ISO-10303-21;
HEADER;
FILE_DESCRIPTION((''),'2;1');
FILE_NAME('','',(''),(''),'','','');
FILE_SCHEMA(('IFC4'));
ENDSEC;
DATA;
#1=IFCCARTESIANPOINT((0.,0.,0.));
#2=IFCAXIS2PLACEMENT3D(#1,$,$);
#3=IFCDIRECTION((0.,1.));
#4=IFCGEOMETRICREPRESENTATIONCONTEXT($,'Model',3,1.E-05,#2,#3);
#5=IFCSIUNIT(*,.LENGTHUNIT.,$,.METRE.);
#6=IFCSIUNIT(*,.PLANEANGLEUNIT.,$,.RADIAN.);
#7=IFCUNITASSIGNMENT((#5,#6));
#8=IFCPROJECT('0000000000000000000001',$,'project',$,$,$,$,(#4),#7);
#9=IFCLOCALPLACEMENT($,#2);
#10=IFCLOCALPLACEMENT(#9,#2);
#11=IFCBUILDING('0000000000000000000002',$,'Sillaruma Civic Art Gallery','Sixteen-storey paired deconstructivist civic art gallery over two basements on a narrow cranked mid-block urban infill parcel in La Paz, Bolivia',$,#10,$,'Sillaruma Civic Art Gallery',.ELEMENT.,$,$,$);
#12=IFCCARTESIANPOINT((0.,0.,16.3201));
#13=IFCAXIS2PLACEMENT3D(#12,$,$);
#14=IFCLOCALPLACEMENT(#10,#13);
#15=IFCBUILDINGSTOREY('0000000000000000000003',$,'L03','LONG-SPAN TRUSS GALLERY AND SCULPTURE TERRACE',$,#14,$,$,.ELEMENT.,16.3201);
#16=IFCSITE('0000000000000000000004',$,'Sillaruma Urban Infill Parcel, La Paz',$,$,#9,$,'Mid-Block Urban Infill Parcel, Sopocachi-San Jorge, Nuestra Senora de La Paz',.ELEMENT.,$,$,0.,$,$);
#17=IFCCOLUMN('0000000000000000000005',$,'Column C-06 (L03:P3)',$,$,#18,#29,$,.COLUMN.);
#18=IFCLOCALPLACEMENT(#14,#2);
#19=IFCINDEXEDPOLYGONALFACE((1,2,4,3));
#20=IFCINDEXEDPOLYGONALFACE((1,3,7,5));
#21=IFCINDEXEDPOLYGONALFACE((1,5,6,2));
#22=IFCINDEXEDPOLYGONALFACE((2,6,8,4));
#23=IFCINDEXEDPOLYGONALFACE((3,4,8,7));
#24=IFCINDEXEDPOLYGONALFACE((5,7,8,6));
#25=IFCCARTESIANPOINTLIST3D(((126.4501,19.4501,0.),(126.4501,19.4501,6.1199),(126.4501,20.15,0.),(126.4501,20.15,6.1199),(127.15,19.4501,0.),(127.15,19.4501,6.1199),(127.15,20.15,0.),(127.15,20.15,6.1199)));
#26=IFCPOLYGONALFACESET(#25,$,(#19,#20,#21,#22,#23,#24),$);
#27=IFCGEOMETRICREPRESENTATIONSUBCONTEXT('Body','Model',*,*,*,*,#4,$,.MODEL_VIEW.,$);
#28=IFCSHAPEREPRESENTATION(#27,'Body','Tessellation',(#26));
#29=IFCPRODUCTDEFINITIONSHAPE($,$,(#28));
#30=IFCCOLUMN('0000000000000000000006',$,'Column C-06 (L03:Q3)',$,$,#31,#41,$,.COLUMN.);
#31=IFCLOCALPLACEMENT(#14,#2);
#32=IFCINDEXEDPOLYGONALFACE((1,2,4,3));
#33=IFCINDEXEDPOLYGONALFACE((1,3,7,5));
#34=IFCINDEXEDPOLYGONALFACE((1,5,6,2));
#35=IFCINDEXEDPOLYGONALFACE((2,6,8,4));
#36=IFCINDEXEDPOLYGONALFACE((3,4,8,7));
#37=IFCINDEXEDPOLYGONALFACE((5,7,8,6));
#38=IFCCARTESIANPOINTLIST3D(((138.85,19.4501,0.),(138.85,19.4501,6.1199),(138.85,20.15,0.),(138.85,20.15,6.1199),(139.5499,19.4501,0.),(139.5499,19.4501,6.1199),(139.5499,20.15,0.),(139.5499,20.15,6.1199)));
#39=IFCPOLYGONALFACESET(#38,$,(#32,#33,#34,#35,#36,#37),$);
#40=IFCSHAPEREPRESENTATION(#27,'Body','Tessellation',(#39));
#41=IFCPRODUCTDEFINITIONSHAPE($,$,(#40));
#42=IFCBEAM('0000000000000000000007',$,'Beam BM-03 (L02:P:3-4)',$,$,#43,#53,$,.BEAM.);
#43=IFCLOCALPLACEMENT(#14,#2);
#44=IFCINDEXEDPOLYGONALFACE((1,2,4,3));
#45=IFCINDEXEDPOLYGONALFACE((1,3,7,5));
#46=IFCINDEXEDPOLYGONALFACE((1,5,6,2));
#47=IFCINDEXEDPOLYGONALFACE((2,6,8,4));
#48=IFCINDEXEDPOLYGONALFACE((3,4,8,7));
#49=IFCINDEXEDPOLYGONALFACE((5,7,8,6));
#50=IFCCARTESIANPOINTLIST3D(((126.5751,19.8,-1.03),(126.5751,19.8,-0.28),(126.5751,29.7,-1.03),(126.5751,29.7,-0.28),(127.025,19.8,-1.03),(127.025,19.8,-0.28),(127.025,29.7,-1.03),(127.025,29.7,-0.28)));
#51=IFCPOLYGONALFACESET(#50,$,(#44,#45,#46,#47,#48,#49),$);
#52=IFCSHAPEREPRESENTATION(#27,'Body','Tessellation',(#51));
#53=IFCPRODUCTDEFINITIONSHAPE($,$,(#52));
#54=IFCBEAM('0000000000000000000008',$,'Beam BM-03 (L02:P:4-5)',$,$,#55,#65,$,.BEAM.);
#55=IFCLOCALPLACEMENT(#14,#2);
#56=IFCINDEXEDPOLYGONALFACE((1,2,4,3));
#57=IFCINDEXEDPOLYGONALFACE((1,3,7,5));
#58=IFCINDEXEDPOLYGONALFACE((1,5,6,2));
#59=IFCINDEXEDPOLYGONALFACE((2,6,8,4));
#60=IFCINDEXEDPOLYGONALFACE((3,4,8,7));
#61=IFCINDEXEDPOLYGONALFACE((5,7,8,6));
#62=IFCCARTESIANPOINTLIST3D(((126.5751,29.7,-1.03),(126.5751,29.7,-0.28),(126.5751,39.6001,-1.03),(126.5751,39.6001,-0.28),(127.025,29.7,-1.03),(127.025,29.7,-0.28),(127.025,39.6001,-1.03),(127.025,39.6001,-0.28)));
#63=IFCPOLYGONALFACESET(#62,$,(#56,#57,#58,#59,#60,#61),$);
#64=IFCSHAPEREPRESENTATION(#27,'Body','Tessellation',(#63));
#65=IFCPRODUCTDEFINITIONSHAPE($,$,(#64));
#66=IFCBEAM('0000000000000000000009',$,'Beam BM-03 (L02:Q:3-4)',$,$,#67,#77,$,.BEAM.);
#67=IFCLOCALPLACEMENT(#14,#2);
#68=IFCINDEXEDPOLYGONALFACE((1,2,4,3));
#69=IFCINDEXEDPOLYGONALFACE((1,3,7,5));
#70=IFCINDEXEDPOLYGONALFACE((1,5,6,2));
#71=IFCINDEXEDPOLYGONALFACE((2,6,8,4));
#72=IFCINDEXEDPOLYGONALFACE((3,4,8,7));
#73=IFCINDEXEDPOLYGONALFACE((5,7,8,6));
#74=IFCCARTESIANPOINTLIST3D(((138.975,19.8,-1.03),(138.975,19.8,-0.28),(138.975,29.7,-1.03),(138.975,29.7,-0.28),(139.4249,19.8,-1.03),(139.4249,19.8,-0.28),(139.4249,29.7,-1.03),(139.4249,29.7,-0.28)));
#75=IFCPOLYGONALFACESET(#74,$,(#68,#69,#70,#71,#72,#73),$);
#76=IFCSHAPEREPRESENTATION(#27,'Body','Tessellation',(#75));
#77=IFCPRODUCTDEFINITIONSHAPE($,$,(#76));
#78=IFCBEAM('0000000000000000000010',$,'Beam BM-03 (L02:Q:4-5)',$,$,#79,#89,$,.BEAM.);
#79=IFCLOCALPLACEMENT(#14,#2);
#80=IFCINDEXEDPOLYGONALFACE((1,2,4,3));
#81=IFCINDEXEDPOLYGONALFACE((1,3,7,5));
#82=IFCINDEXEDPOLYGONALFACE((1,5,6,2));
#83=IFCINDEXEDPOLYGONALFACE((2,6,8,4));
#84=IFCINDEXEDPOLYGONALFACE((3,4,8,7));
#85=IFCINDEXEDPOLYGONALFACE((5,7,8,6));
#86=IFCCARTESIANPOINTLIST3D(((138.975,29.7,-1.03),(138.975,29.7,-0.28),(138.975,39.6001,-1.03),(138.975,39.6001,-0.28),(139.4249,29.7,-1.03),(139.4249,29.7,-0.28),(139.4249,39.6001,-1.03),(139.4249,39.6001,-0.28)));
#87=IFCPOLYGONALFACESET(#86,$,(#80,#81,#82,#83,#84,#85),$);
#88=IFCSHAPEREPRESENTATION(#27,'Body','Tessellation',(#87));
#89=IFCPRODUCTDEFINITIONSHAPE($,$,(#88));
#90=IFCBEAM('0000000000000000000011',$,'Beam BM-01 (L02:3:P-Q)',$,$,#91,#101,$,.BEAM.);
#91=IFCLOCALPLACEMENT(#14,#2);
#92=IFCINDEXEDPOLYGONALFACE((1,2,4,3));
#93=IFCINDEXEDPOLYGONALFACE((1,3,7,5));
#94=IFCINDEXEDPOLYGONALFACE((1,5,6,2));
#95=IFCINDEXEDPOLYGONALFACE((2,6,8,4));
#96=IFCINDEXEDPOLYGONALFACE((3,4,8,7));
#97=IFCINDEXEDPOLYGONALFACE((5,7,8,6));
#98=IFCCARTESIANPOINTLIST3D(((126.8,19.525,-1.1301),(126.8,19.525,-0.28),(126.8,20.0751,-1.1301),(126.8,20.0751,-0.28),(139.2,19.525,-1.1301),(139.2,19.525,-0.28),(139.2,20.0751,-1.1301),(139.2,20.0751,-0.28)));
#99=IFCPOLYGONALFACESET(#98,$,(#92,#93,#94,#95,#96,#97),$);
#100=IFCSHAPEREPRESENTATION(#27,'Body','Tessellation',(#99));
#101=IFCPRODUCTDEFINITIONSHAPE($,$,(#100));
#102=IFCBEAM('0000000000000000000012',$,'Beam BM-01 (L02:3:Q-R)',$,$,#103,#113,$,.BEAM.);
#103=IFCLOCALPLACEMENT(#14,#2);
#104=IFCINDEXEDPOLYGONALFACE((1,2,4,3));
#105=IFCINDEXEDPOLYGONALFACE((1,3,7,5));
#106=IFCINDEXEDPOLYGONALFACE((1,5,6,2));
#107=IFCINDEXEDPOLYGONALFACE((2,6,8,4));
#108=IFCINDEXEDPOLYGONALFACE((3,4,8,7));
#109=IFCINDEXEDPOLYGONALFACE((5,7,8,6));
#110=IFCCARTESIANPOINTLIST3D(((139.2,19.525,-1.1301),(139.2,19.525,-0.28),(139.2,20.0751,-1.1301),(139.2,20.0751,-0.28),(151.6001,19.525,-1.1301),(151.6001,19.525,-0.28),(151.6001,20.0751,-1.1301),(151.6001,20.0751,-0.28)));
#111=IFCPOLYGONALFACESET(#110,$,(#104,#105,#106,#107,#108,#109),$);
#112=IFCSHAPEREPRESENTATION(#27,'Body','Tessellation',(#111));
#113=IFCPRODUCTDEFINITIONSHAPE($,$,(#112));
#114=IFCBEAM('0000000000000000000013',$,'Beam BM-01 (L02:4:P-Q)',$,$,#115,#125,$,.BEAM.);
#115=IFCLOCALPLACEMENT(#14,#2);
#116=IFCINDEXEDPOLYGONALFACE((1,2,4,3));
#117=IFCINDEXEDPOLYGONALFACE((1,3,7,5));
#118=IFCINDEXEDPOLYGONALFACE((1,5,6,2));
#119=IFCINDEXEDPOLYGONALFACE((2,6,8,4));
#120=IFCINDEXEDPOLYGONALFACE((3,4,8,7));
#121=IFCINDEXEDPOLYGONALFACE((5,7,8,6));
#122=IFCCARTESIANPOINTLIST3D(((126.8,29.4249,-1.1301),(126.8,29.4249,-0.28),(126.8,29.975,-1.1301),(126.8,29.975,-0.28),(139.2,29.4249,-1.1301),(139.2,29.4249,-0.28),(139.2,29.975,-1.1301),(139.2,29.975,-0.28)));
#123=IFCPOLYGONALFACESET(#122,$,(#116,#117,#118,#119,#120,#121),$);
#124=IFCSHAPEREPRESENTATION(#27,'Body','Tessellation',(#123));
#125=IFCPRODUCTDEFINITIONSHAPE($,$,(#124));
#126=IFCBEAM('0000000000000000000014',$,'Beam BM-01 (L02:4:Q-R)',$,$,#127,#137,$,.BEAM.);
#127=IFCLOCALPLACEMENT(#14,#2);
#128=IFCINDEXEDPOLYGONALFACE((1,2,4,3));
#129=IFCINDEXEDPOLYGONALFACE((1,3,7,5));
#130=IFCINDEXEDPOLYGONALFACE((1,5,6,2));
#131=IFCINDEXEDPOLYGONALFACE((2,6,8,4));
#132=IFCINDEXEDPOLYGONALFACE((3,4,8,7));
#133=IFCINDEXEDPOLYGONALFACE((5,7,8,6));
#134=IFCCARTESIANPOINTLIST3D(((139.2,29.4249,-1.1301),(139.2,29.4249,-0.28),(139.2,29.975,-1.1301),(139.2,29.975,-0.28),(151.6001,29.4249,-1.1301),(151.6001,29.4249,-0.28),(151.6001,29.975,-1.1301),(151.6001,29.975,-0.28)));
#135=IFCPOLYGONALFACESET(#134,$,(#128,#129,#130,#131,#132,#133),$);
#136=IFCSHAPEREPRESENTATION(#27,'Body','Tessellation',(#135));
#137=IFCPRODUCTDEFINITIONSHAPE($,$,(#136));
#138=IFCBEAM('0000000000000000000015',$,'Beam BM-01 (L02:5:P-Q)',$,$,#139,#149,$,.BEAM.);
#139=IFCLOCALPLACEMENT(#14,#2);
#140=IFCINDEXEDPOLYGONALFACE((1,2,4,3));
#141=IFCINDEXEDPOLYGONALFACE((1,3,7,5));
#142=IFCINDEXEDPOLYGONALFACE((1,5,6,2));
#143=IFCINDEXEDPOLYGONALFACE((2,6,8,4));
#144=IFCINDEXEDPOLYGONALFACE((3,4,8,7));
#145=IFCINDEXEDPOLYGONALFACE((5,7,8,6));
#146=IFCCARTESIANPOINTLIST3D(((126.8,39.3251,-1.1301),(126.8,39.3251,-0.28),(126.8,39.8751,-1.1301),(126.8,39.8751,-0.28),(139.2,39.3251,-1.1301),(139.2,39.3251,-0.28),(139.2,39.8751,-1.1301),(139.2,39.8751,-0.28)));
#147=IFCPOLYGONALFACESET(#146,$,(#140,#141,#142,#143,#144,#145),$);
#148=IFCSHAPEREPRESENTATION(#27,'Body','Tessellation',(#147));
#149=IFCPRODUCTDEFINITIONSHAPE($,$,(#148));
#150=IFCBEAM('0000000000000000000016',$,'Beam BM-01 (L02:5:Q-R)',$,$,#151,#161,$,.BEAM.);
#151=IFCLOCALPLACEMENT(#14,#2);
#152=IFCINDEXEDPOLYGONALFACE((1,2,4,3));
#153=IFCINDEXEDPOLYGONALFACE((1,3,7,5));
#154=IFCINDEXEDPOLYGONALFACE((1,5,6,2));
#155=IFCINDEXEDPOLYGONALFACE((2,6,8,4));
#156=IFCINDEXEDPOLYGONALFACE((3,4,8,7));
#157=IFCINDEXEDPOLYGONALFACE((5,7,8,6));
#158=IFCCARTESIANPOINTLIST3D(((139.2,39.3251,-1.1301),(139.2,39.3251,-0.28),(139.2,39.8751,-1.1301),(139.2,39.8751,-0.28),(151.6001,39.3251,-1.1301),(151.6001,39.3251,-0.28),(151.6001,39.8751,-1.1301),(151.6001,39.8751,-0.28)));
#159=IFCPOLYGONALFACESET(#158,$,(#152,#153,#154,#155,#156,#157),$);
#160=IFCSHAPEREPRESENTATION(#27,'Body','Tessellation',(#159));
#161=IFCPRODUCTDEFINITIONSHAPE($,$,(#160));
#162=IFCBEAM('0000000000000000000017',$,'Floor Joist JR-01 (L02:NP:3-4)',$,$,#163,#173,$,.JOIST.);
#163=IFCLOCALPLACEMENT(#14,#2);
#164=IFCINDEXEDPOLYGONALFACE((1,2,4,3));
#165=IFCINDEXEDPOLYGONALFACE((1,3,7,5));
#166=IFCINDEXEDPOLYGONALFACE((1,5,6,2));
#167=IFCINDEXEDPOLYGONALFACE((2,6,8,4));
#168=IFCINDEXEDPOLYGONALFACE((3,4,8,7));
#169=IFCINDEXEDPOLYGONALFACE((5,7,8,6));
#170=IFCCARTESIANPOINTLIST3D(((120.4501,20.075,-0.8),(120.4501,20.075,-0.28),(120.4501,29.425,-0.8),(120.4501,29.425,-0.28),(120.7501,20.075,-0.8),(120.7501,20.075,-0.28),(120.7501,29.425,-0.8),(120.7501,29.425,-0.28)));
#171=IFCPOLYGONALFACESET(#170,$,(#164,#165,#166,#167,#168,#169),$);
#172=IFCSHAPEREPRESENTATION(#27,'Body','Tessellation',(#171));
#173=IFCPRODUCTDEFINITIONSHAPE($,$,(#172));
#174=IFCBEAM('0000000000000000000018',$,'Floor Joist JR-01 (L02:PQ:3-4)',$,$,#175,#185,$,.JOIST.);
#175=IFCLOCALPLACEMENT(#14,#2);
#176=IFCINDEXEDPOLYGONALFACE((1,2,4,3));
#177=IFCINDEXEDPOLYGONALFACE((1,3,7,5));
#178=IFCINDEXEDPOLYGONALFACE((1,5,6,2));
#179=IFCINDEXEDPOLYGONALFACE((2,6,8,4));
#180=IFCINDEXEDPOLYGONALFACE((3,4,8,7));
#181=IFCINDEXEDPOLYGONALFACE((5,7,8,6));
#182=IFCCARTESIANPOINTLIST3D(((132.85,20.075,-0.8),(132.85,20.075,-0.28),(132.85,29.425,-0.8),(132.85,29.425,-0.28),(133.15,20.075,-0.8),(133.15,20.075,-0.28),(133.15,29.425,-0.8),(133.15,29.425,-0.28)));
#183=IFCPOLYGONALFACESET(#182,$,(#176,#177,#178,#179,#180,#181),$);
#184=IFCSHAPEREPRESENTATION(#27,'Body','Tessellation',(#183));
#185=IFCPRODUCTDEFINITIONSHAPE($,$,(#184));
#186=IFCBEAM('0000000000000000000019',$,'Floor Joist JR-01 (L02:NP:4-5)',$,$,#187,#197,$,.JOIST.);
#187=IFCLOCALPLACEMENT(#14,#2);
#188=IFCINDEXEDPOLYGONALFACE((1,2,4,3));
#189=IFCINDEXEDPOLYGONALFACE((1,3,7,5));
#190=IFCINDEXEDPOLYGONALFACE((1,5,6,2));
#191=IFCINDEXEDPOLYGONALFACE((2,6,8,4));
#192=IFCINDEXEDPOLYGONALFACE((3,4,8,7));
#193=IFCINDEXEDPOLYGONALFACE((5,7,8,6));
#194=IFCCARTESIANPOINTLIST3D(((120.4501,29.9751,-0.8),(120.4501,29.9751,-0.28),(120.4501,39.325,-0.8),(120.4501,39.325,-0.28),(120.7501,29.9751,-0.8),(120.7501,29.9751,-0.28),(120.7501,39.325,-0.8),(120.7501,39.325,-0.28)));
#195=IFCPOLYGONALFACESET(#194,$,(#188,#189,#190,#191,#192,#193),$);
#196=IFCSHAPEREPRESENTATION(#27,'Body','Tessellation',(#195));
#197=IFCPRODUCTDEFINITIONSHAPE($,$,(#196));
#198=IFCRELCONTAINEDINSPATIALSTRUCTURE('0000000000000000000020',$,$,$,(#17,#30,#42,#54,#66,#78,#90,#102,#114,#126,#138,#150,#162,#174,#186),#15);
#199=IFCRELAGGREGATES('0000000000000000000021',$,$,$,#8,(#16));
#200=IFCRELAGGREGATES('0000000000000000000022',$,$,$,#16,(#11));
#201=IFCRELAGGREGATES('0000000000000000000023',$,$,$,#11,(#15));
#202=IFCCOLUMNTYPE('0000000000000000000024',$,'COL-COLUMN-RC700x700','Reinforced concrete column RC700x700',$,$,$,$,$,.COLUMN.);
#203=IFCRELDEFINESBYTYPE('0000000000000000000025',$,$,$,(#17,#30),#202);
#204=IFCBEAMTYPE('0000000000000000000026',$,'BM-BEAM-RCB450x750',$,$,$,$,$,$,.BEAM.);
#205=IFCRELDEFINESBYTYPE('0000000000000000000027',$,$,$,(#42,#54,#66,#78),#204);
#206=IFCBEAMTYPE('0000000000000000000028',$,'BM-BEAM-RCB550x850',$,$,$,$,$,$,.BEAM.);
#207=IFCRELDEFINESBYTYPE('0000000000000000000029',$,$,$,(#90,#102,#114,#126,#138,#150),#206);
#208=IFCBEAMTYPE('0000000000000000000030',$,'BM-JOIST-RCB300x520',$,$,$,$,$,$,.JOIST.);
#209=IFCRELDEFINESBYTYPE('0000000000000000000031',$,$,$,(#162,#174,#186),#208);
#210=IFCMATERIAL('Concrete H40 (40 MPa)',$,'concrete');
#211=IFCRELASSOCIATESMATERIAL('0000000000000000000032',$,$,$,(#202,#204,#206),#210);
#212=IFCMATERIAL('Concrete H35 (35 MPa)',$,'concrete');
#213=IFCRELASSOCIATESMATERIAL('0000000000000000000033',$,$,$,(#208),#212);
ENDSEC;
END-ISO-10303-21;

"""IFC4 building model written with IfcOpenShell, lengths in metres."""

from ifc_helpers import new_model, si_unit, direction, frame, origin, origin_2d, place, context, subcontext, project, spatial, rectangle, extrude, material, material_profile, profile_set, type_object, element, save


model = new_model("IFC4")

# Units and contexts
model_context = context("Model", 3, precision=1e-05, world=origin(), true_north=direction((0.0, 1.0)))
body_context = subcontext(model_context, "Body", "Model", "MODEL_VIEW")
ifc_project = project(units=[si_unit("LENGTHUNIT", "METRE"), si_unit("PLANEANGLEUNIT", "RADIAN")], contexts=[model_context])

# Site, building, storey
site_placement = place(None, origin())
site = spatial("IfcSite", under=ifc_project, at=site_placement, Name="Sillaruma Urban Infill Parcel, La Paz", LongName="Mid-Block Urban Infill Parcel, Sopocachi-San Jorge, Nuestra Senora de La Paz", CompositionType="ELEMENT", RefElevation=0.0)
building_placement = place(site_placement, origin())
building = spatial("IfcBuilding", under=site, at=building_placement, Name="Sillaruma Civic Art Gallery", Description="Sixteen-storey paired deconstructivist civic art gallery over two basements on a narrow cranked mid-block urban infill parcel in La Paz, Bolivia", LongName="Sillaruma Civic Art Gallery", CompositionType="ELEMENT")
storey_placement = place(building_placement, frame((0.0, 0.0, 16.3201)))
storey = spatial("IfcBuildingStorey", under=building, at=storey_placement, Name="L03", Description="LONG-SPAN TRUSS GALLERY AND SCULPTURE TERRACE", CompositionType="ELEMENT", Elevation=16.3201)

# Columns
ifc_material_1 = material(Name="Concrete H40 (40 MPa)", Category="concrete")
ifc_material_profile_1 = material_profile(ifc_material_1, rectangle(XDim=0.7, YDim=0.7, at=origin_2d()), Name="RC700x700")
ifc_profile_set_1 = profile_set([ifc_material_profile_1], Name="Concrete H40 (40 MPa)")
column_type = type_object("IfcColumnType", Name="COL-COLUMN-RC700x700", Description="Reinforced concrete column RC700x700", PredefinedType="COLUMN", material=ifc_profile_set_1)
for number, where, z_axis, x_axis, name in (
    (1, (126.8, 19.8, 0.0), (0.0, 0.0, 1.0), (1.0, 0.0, 0.0), "Column C-06 (L03:P3)"),
    (2, (139.2, 19.8, 0.0), (0.0, 0.0, 1.0), (1.0, 0.0, 0.0), "Column C-06 (L03:Q3)"),
):
    element("IfcColumn", number, at=place(storey_placement, frame(where, z_axis=z_axis, x_axis=x_axis)), inside=storey, type_object=column_type, Name=name, PredefinedType="COLUMN", context=body_context, shape_type="SweptSolid", body=[
        extrude(rectangle(XDim=0.7, YDim=0.7, at=origin_2d()), origin(), (0.0, 0.0, 1.0), 6.1199),
    ])

# Beams
ifc_material_profile_2 = material_profile(ifc_material_1, rectangle(XDim=0.45, YDim=0.75, at=origin_2d()), Name="RCB450x750")
ifc_profile_set_2 = profile_set([ifc_material_profile_2], Name="Concrete H40 (40 MPa)")
beam_type_1 = type_object("IfcBeamType", Name="BM-BEAM-RCB450x750", PredefinedType="BEAM", material=ifc_profile_set_2)
beam_1_placement = place(storey_placement, frame((126.8, 19.8, -0.655), z_axis=(0.0, 1.0, 0.0), x_axis=(-1.0, 0.0, 0.0)))
element("IfcBeam", 3, at=beam_1_placement, inside=storey, type_object=beam_type_1, Name="Beam BM-03 (L02:P:3-4)", PredefinedType="BEAM", context=body_context, shape_type="SweptSolid", body=[
    extrude(rectangle(XDim=0.45, YDim=0.75, at=origin_2d()), origin(), (0.0, 0.0, 1.0), 9.8999),
])
beam_2_placement = place(storey_placement, frame((126.8, 29.7, -0.655), z_axis=(0.0, 1.0, 0.0), x_axis=(-1.0, 0.0, 0.0)))
element("IfcBeam", 4, at=beam_2_placement, inside=storey, type_object=beam_type_1, Name="Beam BM-03 (L02:P:4-5)", PredefinedType="BEAM", context=body_context, shape_type="SweptSolid", body=[
    extrude(rectangle(XDim=0.45, YDim=0.75, at=origin_2d()), origin(), (0.0, 0.0, 1.0), 9.9001),
])
beam_3_placement = place(storey_placement, frame((139.2, 19.8, -0.655), z_axis=(0.0, 1.0, 0.0), x_axis=(-1.0, 0.0, 0.0)))
element("IfcBeam", 5, at=beam_3_placement, inside=storey, type_object=beam_type_1, Name="Beam BM-03 (L02:Q:3-4)", PredefinedType="BEAM", context=body_context, shape_type="SweptSolid", body=[
    extrude(rectangle(XDim=0.45, YDim=0.75, at=origin_2d()), origin(), (0.0, 0.0, 1.0), 9.8999),
])
beam_4_placement = place(storey_placement, frame((139.2, 29.7, -0.655), z_axis=(0.0, 1.0, 0.0), x_axis=(-1.0, 0.0, 0.0)))
element("IfcBeam", 6, at=beam_4_placement, inside=storey, type_object=beam_type_1, Name="Beam BM-03 (L02:Q:4-5)", PredefinedType="BEAM", context=body_context, shape_type="SweptSolid", body=[
    extrude(rectangle(XDim=0.45, YDim=0.75, at=origin_2d()), origin(), (0.0, 0.0, 1.0), 9.9001),
])
ifc_material_profile_3 = material_profile(ifc_material_1, rectangle(XDim=0.55, YDim=0.8501, at=origin_2d()), Name="RCB550x850")
ifc_profile_set_3 = profile_set([ifc_material_profile_3], Name="Concrete H40 (40 MPa)")
beam_type_2 = type_object("IfcBeamType", Name="BM-BEAM-RCB550x850", PredefinedType="BEAM", material=ifc_profile_set_3)
beam_5_placement = place(storey_placement, frame((126.8, 19.8, -0.7051), z_axis=(1.0, 0.0, 0.0), x_axis=(0.0, 1.0, 0.0)))
element("IfcBeam", 7, at=beam_5_placement, inside=storey, type_object=beam_type_2, Name="Beam BM-01 (L02:3:P-Q)", PredefinedType="BEAM", context=body_context, shape_type="SweptSolid", body=[
    extrude(rectangle(XDim=0.55, YDim=0.8501, at=origin_2d()), origin(), (0.0, 0.0, 1.0), 12.3999),
])
beam_6_placement = place(storey_placement, frame((139.2, 19.8, -0.7051), z_axis=(1.0, 0.0, 0.0), x_axis=(0.0, 1.0, 0.0)))
element("IfcBeam", 8, at=beam_6_placement, inside=storey, type_object=beam_type_2, Name="Beam BM-01 (L02:3:Q-R)", PredefinedType="BEAM", context=body_context, shape_type="SweptSolid", body=[
    extrude(rectangle(XDim=0.55, YDim=0.8501, at=origin_2d()), origin(), (0.0, 0.0, 1.0), 12.4001),
])
beam_7_placement = place(storey_placement, frame((126.8, 29.7, -0.7051), z_axis=(1.0, 0.0, 0.0), x_axis=(0.0, 1.0, 0.0)))
element("IfcBeam", 9, at=beam_7_placement, inside=storey, type_object=beam_type_2, Name="Beam BM-01 (L02:4:P-Q)", PredefinedType="BEAM", context=body_context, shape_type="SweptSolid", body=[
    extrude(rectangle(XDim=0.55, YDim=0.8501, at=origin_2d()), origin(), (0.0, 0.0, 1.0), 12.3999),
])
beam_8_placement = place(storey_placement, frame((139.2, 29.7, -0.7051), z_axis=(1.0, 0.0, 0.0), x_axis=(0.0, 1.0, 0.0)))
element("IfcBeam", 10, at=beam_8_placement, inside=storey, type_object=beam_type_2, Name="Beam BM-01 (L02:4:Q-R)", PredefinedType="BEAM", context=body_context, shape_type="SweptSolid", body=[
    extrude(rectangle(XDim=0.55, YDim=0.8501, at=origin_2d()), origin(), (0.0, 0.0, 1.0), 12.4001),
])
beam_9_placement = place(storey_placement, frame((126.8, 39.6001, -0.7051), z_axis=(1.0, 0.0, 0.0), x_axis=(0.0, 1.0, 0.0)))
element("IfcBeam", 11, at=beam_9_placement, inside=storey, type_object=beam_type_2, Name="Beam BM-01 (L02:5:P-Q)", PredefinedType="BEAM", context=body_context, shape_type="SweptSolid", body=[
    extrude(rectangle(XDim=0.55, YDim=0.8501, at=origin_2d()), origin(), (0.0, 0.0, 1.0), 12.3999),
])
beam_10_placement = place(storey_placement, frame((139.2, 39.6001, -0.7051), z_axis=(1.0, 0.0, 0.0), x_axis=(0.0, 1.0, 0.0)))
element("IfcBeam", 12, at=beam_10_placement, inside=storey, type_object=beam_type_2, Name="Beam BM-01 (L02:5:Q-R)", PredefinedType="BEAM", context=body_context, shape_type="SweptSolid", body=[
    extrude(rectangle(XDim=0.55, YDim=0.8501, at=origin_2d()), origin(), (0.0, 0.0, 1.0), 12.4001),
])
ifc_material_2 = material(Name="Concrete H35 (35 MPa)", Category="concrete")
ifc_material_profile_4 = material_profile(ifc_material_2, rectangle(XDim=0.3, YDim=0.52, at=origin_2d()), Name="RCB300x520")
ifc_profile_set_4 = profile_set([ifc_material_profile_4], Name="Concrete H35 (35 MPa)")
beam_type_3 = type_object("IfcBeamType", Name="BM-JOIST-RCB300x520", PredefinedType="JOIST", material=ifc_profile_set_4)
for number, where, z_axis, x_axis, name in (
    (13, (120.6001, 20.075, -0.54), (0.0, 1.0, 0.0), (-1.0, 0.0, 0.0), "Floor Joist JR-01 (L02:NP:3-4)"),
    (14, (133.0, 20.075, -0.54), (0.0, 1.0, 0.0), (-1.0, 0.0, 0.0), "Floor Joist JR-01 (L02:PQ:3-4)"),
):
    element("IfcBeam", number, at=place(storey_placement, frame(where, z_axis=z_axis, x_axis=x_axis)), inside=storey, type_object=beam_type_3, Name=name, PredefinedType="JOIST", context=body_context, shape_type="SweptSolid", body=[
        extrude(rectangle(XDim=0.3, YDim=0.52, at=origin_2d()), origin(), (0.0, 0.0, 1.0), 9.3501),
    ])
for number, where, z_axis, x_axis, name in (
    (15, (120.6001, 29.9751, -0.54), (0.0, 1.0, 0.0), (-1.0, 0.0, 0.0), "Floor Joist JR-01 (L02:NP:4-5)"),
):
    element("IfcBeam", number, at=place(storey_placement, frame(where, z_axis=z_axis, x_axis=x_axis)), inside=storey, type_object=beam_type_3, Name=name, PredefinedType="JOIST", context=body_context, shape_type="SweptSolid", body=[
        extrude(rectangle(XDim=0.3, YDim=0.52, at=origin_2d()), origin(), (0.0, 0.0, 1.0), 9.3499),
    ])

save(model, "model.ifc")
